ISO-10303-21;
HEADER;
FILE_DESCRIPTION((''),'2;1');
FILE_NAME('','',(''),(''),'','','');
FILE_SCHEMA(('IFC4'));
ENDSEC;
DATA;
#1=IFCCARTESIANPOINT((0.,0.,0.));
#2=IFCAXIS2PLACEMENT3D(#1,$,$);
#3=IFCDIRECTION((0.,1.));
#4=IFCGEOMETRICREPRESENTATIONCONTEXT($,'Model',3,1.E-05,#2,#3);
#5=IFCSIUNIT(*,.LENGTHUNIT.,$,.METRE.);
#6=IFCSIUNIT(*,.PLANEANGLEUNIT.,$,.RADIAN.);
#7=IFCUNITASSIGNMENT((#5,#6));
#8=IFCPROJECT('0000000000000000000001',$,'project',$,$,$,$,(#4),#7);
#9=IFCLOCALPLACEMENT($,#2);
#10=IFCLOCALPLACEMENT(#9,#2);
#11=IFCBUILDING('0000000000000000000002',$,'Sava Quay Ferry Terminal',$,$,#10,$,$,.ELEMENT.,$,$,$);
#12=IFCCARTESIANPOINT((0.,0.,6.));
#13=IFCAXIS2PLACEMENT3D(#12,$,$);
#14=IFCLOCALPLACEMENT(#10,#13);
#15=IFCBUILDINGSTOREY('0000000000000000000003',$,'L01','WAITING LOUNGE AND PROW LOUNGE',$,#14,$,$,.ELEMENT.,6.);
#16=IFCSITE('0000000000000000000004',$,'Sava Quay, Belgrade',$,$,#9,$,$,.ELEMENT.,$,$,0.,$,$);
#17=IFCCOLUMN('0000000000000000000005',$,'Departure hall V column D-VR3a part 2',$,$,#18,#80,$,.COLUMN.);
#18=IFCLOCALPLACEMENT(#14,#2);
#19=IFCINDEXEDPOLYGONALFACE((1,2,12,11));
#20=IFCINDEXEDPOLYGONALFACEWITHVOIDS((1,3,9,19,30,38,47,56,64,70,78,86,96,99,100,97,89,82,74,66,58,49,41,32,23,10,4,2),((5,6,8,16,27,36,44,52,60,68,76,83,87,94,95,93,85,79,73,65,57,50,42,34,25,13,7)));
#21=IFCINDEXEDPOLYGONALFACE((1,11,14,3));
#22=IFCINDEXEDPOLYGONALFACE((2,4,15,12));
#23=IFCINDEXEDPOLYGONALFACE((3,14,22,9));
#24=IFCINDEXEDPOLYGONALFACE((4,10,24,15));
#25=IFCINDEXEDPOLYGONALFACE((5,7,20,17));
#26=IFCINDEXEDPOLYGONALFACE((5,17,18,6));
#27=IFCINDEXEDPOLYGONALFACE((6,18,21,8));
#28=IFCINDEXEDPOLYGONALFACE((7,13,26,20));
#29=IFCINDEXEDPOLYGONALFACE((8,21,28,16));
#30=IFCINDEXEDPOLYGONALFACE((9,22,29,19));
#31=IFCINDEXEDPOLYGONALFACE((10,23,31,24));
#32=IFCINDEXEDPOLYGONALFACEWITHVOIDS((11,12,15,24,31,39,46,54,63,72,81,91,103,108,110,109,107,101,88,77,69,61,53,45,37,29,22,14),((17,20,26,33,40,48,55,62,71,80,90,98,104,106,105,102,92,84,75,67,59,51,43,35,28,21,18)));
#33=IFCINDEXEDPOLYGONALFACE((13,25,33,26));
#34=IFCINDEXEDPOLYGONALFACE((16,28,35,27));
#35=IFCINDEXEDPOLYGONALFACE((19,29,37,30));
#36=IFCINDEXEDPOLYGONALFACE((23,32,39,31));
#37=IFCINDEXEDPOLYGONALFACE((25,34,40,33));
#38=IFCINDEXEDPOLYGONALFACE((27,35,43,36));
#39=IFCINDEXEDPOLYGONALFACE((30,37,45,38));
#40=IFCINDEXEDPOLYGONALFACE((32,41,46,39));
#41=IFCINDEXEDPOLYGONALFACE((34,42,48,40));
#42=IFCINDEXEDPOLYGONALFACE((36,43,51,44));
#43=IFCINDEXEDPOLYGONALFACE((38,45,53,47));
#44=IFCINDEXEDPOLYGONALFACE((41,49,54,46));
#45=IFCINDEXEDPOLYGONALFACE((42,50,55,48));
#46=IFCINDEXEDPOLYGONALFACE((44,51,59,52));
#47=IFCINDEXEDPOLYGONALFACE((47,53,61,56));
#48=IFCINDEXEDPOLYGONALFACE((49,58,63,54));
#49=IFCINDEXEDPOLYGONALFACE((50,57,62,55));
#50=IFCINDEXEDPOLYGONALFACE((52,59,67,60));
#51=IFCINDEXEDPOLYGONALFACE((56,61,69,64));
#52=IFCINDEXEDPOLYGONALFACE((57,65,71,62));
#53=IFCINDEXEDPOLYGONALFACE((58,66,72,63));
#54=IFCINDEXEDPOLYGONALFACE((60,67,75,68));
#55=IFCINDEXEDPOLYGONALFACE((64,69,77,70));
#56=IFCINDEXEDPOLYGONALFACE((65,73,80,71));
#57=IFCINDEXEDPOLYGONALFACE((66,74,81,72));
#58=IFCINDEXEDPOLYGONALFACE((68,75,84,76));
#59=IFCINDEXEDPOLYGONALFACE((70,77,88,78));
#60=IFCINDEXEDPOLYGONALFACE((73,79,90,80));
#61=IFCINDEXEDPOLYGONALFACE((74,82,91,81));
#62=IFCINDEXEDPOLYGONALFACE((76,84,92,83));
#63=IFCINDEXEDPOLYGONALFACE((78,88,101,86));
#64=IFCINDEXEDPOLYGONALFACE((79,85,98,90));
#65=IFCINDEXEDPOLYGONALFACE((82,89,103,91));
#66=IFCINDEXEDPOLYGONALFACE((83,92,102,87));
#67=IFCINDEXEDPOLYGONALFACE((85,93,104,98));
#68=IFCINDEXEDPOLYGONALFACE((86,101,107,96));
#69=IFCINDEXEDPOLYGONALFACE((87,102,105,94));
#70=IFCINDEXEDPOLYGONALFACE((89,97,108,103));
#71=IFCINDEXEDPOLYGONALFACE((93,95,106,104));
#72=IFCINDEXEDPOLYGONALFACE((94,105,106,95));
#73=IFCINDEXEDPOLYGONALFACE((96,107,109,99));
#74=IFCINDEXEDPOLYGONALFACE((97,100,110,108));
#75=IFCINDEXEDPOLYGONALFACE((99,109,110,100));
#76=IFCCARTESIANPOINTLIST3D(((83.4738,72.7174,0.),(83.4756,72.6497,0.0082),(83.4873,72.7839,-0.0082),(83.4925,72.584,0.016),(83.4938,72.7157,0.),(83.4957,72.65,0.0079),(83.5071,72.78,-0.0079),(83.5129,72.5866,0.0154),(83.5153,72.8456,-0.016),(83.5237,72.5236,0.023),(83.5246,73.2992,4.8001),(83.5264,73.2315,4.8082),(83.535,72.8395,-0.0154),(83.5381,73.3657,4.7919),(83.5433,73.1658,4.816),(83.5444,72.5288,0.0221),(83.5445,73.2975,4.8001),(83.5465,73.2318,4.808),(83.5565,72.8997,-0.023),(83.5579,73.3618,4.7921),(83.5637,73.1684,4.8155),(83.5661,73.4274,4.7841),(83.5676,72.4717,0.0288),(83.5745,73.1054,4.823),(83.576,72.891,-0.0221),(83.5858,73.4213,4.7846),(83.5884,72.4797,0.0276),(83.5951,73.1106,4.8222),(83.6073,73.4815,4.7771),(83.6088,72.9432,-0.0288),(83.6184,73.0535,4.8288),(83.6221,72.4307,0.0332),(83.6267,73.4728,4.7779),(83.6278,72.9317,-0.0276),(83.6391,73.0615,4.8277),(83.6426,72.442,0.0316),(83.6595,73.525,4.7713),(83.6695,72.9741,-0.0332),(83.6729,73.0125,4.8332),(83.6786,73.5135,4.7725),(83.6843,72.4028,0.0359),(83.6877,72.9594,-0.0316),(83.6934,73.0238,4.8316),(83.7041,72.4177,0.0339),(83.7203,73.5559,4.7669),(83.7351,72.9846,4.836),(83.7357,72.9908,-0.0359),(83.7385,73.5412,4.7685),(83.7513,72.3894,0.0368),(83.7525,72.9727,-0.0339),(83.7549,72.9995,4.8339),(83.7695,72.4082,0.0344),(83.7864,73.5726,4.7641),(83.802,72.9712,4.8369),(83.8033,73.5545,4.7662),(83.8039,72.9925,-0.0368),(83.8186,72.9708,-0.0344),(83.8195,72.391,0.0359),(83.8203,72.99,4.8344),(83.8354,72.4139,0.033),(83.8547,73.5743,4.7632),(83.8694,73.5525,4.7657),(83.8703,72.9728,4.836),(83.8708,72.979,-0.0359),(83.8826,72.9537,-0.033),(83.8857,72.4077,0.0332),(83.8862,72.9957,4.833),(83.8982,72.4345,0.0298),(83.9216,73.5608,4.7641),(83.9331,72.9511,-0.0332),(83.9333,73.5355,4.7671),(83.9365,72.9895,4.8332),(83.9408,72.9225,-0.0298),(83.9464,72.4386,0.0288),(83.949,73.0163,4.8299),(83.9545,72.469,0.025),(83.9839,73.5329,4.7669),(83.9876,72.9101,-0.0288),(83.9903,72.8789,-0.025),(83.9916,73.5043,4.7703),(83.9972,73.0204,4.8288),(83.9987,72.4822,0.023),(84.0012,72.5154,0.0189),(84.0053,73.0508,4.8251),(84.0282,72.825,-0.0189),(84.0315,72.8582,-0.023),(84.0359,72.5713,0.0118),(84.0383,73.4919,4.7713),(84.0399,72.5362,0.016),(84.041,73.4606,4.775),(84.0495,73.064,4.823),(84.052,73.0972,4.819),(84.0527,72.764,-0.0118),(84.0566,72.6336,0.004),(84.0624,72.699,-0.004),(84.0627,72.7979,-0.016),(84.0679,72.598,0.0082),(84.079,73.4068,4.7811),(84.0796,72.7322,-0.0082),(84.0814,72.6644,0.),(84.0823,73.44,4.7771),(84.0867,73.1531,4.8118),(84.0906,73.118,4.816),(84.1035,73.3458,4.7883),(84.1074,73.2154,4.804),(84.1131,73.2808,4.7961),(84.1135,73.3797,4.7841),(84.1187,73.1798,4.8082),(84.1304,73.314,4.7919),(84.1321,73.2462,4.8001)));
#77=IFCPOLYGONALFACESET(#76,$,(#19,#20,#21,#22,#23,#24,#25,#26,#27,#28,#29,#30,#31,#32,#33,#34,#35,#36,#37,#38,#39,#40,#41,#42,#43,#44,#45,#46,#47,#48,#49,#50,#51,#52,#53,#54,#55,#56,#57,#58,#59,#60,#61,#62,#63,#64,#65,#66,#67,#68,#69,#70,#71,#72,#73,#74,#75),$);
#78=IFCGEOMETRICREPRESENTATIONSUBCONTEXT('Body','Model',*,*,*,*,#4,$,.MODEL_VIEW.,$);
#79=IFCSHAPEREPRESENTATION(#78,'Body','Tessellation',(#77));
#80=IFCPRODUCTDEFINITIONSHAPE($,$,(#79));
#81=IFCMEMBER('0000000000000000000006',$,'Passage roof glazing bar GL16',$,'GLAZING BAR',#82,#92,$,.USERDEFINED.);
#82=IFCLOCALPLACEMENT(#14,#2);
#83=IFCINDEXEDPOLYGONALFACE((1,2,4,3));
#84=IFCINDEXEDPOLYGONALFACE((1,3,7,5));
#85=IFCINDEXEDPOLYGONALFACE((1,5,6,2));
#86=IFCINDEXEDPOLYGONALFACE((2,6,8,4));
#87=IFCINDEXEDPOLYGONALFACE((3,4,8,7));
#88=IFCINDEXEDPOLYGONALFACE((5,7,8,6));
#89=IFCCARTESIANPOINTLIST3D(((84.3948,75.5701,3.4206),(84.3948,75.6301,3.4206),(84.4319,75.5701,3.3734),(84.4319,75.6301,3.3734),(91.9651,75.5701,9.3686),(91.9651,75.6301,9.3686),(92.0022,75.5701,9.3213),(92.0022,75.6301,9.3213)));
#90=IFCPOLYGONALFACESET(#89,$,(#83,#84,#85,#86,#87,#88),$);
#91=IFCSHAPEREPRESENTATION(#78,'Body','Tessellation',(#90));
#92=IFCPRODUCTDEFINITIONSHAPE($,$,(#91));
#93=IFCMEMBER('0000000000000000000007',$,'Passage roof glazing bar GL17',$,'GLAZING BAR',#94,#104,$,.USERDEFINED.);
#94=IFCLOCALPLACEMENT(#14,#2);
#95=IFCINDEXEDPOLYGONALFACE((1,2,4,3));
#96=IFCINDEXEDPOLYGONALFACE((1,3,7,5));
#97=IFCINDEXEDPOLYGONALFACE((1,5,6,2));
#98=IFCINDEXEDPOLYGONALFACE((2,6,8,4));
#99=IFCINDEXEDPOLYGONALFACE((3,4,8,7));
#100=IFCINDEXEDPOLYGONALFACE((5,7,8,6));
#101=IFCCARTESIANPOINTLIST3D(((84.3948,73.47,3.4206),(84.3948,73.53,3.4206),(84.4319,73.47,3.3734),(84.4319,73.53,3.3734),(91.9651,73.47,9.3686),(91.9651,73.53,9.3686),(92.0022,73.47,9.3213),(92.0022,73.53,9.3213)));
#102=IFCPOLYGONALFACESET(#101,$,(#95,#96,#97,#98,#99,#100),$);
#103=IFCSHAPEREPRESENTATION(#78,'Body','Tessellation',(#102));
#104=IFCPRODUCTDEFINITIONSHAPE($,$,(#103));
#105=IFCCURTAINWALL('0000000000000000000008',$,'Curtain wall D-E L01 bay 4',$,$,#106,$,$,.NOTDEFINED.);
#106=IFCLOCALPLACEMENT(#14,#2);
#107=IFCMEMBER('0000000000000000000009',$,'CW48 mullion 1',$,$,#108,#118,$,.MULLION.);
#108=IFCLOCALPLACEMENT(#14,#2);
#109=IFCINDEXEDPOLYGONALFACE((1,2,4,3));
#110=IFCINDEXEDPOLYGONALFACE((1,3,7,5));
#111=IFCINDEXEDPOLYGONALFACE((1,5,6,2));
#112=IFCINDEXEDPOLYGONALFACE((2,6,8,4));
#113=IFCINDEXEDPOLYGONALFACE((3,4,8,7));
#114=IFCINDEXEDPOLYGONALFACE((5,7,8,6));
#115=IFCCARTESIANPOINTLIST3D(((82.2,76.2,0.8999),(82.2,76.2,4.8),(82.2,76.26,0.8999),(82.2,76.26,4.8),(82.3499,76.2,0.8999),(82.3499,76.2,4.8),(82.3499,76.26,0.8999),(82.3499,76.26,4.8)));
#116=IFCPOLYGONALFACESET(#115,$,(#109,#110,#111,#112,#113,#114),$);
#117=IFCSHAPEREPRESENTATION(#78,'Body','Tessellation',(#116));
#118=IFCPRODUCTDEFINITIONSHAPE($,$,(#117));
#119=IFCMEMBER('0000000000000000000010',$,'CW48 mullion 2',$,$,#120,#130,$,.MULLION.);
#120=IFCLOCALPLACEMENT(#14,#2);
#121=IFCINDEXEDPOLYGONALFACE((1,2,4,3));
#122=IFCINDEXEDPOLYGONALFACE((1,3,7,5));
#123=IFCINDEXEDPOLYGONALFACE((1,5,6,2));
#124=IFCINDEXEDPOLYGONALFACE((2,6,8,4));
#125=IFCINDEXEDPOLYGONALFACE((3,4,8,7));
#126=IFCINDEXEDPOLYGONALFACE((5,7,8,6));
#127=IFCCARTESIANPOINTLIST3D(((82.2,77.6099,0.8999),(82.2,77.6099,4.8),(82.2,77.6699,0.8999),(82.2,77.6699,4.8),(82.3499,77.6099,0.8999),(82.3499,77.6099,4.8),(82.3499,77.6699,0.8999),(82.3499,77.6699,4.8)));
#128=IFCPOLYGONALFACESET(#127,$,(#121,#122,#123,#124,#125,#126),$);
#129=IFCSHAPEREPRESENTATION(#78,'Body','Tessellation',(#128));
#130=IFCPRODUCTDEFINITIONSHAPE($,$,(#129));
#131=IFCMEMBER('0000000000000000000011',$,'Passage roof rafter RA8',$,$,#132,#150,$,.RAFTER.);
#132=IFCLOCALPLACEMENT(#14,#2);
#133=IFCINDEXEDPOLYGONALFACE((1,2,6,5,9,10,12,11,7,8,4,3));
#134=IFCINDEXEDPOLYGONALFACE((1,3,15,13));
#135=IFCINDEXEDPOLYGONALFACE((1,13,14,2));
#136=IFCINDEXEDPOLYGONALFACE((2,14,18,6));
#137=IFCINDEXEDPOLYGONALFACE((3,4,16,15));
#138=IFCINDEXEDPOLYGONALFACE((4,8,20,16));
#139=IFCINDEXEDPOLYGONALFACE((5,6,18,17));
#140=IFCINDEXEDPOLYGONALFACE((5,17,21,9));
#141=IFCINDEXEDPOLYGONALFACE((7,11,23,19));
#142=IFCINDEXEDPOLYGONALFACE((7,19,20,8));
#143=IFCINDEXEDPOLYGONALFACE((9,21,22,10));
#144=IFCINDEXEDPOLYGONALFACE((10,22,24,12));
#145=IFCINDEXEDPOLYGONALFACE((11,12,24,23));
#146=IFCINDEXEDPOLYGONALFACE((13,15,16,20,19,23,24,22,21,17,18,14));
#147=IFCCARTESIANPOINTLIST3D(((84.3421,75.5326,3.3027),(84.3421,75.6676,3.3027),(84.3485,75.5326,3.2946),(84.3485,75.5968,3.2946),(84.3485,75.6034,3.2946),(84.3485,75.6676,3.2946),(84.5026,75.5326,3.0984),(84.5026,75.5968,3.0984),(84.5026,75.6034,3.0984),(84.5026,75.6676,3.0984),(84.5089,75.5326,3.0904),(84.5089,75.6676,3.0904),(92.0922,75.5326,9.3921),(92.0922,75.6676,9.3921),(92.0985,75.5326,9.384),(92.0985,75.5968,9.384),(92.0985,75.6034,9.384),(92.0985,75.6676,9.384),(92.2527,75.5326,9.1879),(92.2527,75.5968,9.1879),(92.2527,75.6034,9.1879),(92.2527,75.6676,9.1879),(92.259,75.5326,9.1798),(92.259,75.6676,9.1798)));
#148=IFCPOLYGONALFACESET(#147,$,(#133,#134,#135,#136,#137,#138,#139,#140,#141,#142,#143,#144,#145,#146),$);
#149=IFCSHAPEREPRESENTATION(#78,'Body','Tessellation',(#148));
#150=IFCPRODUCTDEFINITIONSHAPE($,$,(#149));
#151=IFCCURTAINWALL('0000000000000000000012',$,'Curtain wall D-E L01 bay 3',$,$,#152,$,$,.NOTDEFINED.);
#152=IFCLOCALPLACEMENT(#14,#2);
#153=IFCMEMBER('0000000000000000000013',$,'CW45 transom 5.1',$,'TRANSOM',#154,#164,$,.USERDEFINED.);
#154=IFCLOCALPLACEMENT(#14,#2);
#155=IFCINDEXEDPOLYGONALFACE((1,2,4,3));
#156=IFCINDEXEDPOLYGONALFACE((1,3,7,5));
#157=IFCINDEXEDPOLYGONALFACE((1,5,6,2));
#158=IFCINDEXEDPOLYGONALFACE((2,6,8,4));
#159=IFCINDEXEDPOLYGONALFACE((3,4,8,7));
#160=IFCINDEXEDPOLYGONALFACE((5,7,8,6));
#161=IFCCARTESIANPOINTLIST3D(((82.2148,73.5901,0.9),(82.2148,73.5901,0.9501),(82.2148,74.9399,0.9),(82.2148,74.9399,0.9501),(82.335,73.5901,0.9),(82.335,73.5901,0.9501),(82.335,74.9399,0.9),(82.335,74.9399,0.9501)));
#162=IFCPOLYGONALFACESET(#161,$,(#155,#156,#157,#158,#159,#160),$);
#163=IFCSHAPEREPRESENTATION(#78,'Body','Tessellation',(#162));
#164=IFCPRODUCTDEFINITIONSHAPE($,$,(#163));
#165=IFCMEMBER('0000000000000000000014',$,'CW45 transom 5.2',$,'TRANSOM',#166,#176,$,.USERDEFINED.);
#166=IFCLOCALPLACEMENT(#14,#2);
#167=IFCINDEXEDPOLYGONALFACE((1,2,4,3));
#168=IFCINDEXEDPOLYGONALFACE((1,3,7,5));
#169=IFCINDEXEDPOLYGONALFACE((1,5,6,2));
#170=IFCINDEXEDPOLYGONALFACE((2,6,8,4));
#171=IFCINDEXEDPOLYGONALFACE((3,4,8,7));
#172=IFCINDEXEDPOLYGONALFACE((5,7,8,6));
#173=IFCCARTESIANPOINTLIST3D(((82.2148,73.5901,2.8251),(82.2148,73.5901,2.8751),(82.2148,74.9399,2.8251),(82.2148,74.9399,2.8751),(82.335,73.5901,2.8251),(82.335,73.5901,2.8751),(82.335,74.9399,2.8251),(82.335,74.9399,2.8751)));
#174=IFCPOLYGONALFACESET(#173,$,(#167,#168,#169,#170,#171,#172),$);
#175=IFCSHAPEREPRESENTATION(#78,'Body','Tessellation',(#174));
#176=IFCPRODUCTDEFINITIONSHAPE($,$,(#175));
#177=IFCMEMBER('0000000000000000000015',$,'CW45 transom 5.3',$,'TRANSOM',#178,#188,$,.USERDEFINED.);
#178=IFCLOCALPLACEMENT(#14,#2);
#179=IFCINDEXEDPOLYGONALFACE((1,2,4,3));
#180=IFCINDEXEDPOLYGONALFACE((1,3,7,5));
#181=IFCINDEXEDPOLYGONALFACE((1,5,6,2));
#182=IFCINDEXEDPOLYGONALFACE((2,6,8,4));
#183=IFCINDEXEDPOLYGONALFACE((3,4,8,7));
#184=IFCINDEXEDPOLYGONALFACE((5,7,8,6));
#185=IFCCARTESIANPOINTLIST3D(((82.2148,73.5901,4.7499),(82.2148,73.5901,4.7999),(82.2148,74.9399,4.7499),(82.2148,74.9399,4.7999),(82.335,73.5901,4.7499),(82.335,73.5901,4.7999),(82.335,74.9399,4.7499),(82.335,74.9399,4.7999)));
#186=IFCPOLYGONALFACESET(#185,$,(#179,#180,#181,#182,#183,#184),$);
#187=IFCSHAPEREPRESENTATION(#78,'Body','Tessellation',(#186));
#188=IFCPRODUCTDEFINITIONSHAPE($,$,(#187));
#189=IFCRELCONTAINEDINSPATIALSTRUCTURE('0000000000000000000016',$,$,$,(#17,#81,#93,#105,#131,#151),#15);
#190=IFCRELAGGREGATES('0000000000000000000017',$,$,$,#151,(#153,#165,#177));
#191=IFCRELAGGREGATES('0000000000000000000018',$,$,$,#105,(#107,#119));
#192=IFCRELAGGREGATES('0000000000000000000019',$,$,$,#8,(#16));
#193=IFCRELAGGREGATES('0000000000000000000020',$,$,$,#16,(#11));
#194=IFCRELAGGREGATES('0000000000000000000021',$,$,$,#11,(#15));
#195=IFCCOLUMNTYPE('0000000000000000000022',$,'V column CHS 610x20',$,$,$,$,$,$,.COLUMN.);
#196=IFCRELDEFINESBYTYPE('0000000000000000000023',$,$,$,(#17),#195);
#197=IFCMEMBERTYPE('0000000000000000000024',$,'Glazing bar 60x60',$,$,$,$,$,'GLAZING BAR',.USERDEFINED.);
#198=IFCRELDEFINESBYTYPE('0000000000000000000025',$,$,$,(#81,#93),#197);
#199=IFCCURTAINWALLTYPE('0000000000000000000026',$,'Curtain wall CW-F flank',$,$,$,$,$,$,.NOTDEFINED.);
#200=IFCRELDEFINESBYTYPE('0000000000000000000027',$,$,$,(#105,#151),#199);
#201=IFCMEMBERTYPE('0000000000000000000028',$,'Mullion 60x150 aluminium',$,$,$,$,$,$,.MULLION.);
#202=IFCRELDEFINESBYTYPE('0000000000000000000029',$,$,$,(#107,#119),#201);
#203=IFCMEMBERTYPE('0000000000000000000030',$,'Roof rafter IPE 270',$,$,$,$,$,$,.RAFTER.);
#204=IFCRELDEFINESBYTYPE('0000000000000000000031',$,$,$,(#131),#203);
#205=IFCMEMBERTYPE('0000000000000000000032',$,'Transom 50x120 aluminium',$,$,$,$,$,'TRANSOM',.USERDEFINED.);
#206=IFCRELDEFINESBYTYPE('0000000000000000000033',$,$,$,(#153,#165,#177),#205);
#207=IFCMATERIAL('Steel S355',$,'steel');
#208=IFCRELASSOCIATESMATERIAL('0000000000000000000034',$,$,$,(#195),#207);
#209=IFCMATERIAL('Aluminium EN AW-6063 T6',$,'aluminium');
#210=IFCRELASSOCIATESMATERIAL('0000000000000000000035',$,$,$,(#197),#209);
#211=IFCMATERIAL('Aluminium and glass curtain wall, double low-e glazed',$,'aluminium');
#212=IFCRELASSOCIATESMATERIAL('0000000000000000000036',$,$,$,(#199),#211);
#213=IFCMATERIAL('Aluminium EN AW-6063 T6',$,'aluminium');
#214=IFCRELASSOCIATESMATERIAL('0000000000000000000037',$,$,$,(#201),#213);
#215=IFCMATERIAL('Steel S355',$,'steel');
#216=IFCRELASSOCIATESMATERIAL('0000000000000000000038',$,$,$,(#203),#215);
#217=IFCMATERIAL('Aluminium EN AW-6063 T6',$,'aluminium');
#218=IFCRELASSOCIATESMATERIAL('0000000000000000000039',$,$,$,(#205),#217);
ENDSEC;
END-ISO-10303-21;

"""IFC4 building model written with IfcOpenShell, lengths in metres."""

from ifc_helpers import new_model, si_unit, direction, frame, origin, origin_2d, place, context, subcontext, project, spatial, rectangle, hollow_circle, i_section, extrude, material, material_profile, profile_set, type_object, element, aggregate, save


model = new_model("IFC4")

# Units and contexts
model_context = context("Model", 3, precision=1e-05, world=origin(), true_north=direction((0.0, 1.0)))
body_context = subcontext(model_context, "Body", "Model", "MODEL_VIEW")
ifc_project = project(units=[si_unit("LENGTHUNIT", "METRE"), si_unit("PLANEANGLEUNIT", "RADIAN")], contexts=[model_context])

# Site, building, storey
site_placement = place(None, origin())
site = spatial("IfcSite", under=ifc_project, at=site_placement, Name="Sava Quay, Belgrade", CompositionType="ELEMENT", RefElevation=0.0)
building_placement = place(site_placement, origin())
building = spatial("IfcBuilding", under=site, at=building_placement, Name="Sava Quay Ferry Terminal", CompositionType="ELEMENT")
storey_placement = place(building_placement, frame((0.0, 0.0, 6.0)))
storey = spatial("IfcBuildingStorey", under=building, at=storey_placement, Name="L01", Description="WAITING LOUNGE AND PROW LOUNGE", CompositionType="ELEMENT", Elevation=6.0)

# Column
ifc_material_1 = material(Name="Steel S355", Category="steel")
ifc_material_profile_1 = material_profile(ifc_material_1, hollow_circle(Radius=0.3049, WallThickness=0.02, at=origin_2d()), Name="CHS 610 x 20.0")
ifc_profile_set_1 = profile_set([ifc_material_profile_1], Name="Steel S355")
column_type = type_object("IfcColumnType", Name="V column CHS 610x20", PredefinedType="COLUMN", material=ifc_profile_set_1)
column_placement = place(storey_placement, frame((83.7776, 72.6909, 0.0), z_axis=(0.010502, 0.120317, 0.99268), x_axis=(-0.996212, 0.086954, 0.0)))
element("IfcColumn", 1, at=column_placement, inside=storey, type_object=column_type, Name="Departure hall V column D-VR3a part 2", PredefinedType="COLUMN", context=body_context, shape_type="SweptSolid", body=[
    extrude(hollow_circle(Radius=0.3049, WallThickness=0.02, at=origin_2d()), origin(), (0.0, 0.0, 1.0), 4.8354),
])

# Members
ifc_material_2 = material(Name="Aluminium EN AW-6063 T6", Category="aluminium")
ifc_material_profile_2 = material_profile(ifc_material_2, rectangle(XDim=0.0601, YDim=0.0601, at=origin_2d()), Name="Bar 60 x 60")
ifc_profile_set_2 = profile_set([ifc_material_profile_2], Name="Aluminium EN AW-6063 T6")
member_type_1 = type_object("IfcMemberType", Name="Glazing bar 60x60", ElementType="GLAZING BAR", PredefinedType="USERDEFINED", material=ifc_profile_set_2)
for number, where, z_axis, x_axis, name in (
    (2, (84.4133, 75.6001, 3.397), (0.786324, 0.0, 0.617815), (0.0, 1.0, 0.0), "Passage roof glazing bar GL16"),
    (3, (84.4133, 73.5, 3.397), (0.786324, 0.0, 0.617815), (0.0, 1.0, 0.0), "Passage roof glazing bar GL17"),
):
    element("IfcMember", number, at=place(storey_placement, frame(where, z_axis=z_axis, x_axis=x_axis)), inside=storey, type_object=member_type_1, Name=name, ObjectType="GLAZING BAR", PredefinedType="USERDEFINED", context=body_context, shape_type="SweptSolid", body=[
        extrude(rectangle(XDim=0.0601, YDim=0.0601, at=origin_2d()), origin(), (0.0, 0.0, 1.0), 9.6274),
    ])

# Curtain wall, members
ifc_material_3 = material(Name="Aluminium and glass curtain wall, double low-e glazed", Category="aluminium")
curtain_wall_type = type_object("IfcCurtainWallType", Name="Curtain wall CW-F flank", PredefinedType="NOTDEFINED", material=ifc_material_3)
curtain_wall_1_placement = place(storey_placement, origin())
curtain_wall_1 = element("IfcCurtainWall", 4, at=curtain_wall_1_placement, inside=storey, type_object=curtain_wall_type, Name="Curtain wall D-E L01 bay 4", PredefinedType="NOTDEFINED")
ifc_material_4 = material(Name="Aluminium EN AW-6063 T6", Category="aluminium")
ifc_material_profile_3 = material_profile(ifc_material_4, rectangle(XDim=0.1499, YDim=0.0601, at=origin_2d()), Name="Mullion 60x150 aluminium")
ifc_profile_set_3 = profile_set([ifc_material_profile_3], Name="Aluminium EN AW-6063 T6")
member_type_2 = type_object("IfcMemberType", Name="Mullion 60x150 aluminium", PredefinedType="MULLION", material=ifc_profile_set_3)
member_1_placement = place(storey_placement, frame((82.2749, 76.23, 0.8999), z_axis=(0.0, 0.0, 1.0), x_axis=(-1.0, 0.0, 0.0)))
member_1 = element("IfcMember", 5, at=member_1_placement, type_object=member_type_2, Name="CW48 mullion 1", PredefinedType="MULLION", context=body_context, shape_type="SweptSolid", body=[
    extrude(rectangle(XDim=0.1499, YDim=0.0601, at=origin_2d()), origin(), (0.0, 0.0, 1.0), 3.9001),
])
member_2_placement = place(storey_placement, frame((82.2749, 77.6399, 0.8999), z_axis=(0.0, 0.0, 1.0), x_axis=(-1.0, 0.0, 0.0)))
member_2 = element("IfcMember", 6, at=member_2_placement, type_object=member_type_2, Name="CW48 mullion 2", PredefinedType="MULLION", context=body_context, shape_type="SweptSolid", body=[
    extrude(rectangle(XDim=0.1499, YDim=0.0601, at=origin_2d()), origin(), (0.0, 0.0, 1.0), 3.9001),
])

# Member
ifc_material_5 = material(Name="Steel S355", Category="steel")
ifc_material_profile_4 = material_profile(ifc_material_5, i_section(OverallWidth=0.135, OverallDepth=0.27, WebThickness=0.0066, FlangeThickness=0.0103, at=origin_2d()), Name="IPE 270")
ifc_profile_set_4 = profile_set([ifc_material_profile_4], Name="Steel S355")
member_type_3 = type_object("IfcMemberType", Name="Roof rafter IPE 270", PredefinedType="RAFTER", material=ifc_profile_set_4)
member_3_placement = place(storey_placement, frame((84.4255, 75.6001, 3.1965), z_axis=(0.786315, 0.0, 0.617826), x_axis=(0.0, 1.0, 0.0)))
element("IfcMember", 7, at=member_3_placement, inside=storey, type_object=member_type_3, Name="Passage roof rafter RA8", PredefinedType="RAFTER", context=body_context, shape_type="SweptSolid", body=[
    extrude(i_section(OverallWidth=0.135, OverallDepth=0.27, WebThickness=0.0066, FlangeThickness=0.0103, at=origin_2d()), origin(), (0.0, 0.0, 1.0), 9.8562),
])

# Curtain wall, members
curtain_wall_2_placement = place(storey_placement, origin())
curtain_wall_2 = element("IfcCurtainWall", 8, at=curtain_wall_2_placement, inside=storey, type_object=curtain_wall_type, Name="Curtain wall D-E L01 bay 3", PredefinedType="NOTDEFINED")
ifc_material_6 = material(Name="Aluminium EN AW-6063 T6", Category="aluminium")
ifc_material_profile_5 = material_profile(ifc_material_6, rectangle(XDim=0.1201, YDim=0.05, at=origin_2d()), Name="Transom 50x120 aluminium")
ifc_profile_set_5 = profile_set([ifc_material_profile_5], Name="Aluminium EN AW-6063 T6")
member_type_4 = type_object("IfcMemberType", Name="Transom 50x120 aluminium", ElementType="TRANSOM", PredefinedType="USERDEFINED", material=ifc_profile_set_5)
member_4_placement = place(storey_placement, frame((82.2749, 73.5901, 0.925), z_axis=(0.0, 1.0, 0.0), x_axis=(-1.0, 0.0, 0.0)))
member_4 = element("IfcMember", 9, at=member_4_placement, type_object=member_type_4, Name="CW45 transom 5.1", ObjectType="TRANSOM", PredefinedType="USERDEFINED", context=body_context, shape_type="SweptSolid", body=[
    extrude(rectangle(XDim=0.1201, YDim=0.05, at=origin_2d()), origin(), (0.0, 0.0, 1.0), 1.3499),
])
member_5_placement = place(storey_placement, frame((82.2749, 73.5901, 2.8501), z_axis=(0.0, 1.0, 0.0), x_axis=(-1.0, 0.0, 0.0)))
member_5 = element("IfcMember", 10, at=member_5_placement, type_object=member_type_4, Name="CW45 transom 5.2", ObjectType="TRANSOM", PredefinedType="USERDEFINED", context=body_context, shape_type="SweptSolid", body=[
    extrude(rectangle(XDim=0.1201, YDim=0.05, at=origin_2d()), origin(), (0.0, 0.0, 1.0), 1.3499),
])
member_6_placement = place(storey_placement, frame((82.2749, 73.5901, 4.7749), z_axis=(0.0, 1.0, 0.0), x_axis=(-1.0, 0.0, 0.0)))
member_6 = element("IfcMember", 11, at=member_6_placement, type_object=member_type_4, Name="CW45 transom 5.3", ObjectType="TRANSOM", PredefinedType="USERDEFINED", context=body_context, shape_type="SweptSolid", body=[
    extrude(rectangle(XDim=0.1201, YDim=0.05, at=origin_2d()), origin(), (0.0, 0.0, 1.0), 1.3499),
])

aggregate(curtain_wall_2, [member_4, member_5, member_6])
aggregate(curtain_wall_1, [member_1, member_2])

save(model, "model.ifc")
